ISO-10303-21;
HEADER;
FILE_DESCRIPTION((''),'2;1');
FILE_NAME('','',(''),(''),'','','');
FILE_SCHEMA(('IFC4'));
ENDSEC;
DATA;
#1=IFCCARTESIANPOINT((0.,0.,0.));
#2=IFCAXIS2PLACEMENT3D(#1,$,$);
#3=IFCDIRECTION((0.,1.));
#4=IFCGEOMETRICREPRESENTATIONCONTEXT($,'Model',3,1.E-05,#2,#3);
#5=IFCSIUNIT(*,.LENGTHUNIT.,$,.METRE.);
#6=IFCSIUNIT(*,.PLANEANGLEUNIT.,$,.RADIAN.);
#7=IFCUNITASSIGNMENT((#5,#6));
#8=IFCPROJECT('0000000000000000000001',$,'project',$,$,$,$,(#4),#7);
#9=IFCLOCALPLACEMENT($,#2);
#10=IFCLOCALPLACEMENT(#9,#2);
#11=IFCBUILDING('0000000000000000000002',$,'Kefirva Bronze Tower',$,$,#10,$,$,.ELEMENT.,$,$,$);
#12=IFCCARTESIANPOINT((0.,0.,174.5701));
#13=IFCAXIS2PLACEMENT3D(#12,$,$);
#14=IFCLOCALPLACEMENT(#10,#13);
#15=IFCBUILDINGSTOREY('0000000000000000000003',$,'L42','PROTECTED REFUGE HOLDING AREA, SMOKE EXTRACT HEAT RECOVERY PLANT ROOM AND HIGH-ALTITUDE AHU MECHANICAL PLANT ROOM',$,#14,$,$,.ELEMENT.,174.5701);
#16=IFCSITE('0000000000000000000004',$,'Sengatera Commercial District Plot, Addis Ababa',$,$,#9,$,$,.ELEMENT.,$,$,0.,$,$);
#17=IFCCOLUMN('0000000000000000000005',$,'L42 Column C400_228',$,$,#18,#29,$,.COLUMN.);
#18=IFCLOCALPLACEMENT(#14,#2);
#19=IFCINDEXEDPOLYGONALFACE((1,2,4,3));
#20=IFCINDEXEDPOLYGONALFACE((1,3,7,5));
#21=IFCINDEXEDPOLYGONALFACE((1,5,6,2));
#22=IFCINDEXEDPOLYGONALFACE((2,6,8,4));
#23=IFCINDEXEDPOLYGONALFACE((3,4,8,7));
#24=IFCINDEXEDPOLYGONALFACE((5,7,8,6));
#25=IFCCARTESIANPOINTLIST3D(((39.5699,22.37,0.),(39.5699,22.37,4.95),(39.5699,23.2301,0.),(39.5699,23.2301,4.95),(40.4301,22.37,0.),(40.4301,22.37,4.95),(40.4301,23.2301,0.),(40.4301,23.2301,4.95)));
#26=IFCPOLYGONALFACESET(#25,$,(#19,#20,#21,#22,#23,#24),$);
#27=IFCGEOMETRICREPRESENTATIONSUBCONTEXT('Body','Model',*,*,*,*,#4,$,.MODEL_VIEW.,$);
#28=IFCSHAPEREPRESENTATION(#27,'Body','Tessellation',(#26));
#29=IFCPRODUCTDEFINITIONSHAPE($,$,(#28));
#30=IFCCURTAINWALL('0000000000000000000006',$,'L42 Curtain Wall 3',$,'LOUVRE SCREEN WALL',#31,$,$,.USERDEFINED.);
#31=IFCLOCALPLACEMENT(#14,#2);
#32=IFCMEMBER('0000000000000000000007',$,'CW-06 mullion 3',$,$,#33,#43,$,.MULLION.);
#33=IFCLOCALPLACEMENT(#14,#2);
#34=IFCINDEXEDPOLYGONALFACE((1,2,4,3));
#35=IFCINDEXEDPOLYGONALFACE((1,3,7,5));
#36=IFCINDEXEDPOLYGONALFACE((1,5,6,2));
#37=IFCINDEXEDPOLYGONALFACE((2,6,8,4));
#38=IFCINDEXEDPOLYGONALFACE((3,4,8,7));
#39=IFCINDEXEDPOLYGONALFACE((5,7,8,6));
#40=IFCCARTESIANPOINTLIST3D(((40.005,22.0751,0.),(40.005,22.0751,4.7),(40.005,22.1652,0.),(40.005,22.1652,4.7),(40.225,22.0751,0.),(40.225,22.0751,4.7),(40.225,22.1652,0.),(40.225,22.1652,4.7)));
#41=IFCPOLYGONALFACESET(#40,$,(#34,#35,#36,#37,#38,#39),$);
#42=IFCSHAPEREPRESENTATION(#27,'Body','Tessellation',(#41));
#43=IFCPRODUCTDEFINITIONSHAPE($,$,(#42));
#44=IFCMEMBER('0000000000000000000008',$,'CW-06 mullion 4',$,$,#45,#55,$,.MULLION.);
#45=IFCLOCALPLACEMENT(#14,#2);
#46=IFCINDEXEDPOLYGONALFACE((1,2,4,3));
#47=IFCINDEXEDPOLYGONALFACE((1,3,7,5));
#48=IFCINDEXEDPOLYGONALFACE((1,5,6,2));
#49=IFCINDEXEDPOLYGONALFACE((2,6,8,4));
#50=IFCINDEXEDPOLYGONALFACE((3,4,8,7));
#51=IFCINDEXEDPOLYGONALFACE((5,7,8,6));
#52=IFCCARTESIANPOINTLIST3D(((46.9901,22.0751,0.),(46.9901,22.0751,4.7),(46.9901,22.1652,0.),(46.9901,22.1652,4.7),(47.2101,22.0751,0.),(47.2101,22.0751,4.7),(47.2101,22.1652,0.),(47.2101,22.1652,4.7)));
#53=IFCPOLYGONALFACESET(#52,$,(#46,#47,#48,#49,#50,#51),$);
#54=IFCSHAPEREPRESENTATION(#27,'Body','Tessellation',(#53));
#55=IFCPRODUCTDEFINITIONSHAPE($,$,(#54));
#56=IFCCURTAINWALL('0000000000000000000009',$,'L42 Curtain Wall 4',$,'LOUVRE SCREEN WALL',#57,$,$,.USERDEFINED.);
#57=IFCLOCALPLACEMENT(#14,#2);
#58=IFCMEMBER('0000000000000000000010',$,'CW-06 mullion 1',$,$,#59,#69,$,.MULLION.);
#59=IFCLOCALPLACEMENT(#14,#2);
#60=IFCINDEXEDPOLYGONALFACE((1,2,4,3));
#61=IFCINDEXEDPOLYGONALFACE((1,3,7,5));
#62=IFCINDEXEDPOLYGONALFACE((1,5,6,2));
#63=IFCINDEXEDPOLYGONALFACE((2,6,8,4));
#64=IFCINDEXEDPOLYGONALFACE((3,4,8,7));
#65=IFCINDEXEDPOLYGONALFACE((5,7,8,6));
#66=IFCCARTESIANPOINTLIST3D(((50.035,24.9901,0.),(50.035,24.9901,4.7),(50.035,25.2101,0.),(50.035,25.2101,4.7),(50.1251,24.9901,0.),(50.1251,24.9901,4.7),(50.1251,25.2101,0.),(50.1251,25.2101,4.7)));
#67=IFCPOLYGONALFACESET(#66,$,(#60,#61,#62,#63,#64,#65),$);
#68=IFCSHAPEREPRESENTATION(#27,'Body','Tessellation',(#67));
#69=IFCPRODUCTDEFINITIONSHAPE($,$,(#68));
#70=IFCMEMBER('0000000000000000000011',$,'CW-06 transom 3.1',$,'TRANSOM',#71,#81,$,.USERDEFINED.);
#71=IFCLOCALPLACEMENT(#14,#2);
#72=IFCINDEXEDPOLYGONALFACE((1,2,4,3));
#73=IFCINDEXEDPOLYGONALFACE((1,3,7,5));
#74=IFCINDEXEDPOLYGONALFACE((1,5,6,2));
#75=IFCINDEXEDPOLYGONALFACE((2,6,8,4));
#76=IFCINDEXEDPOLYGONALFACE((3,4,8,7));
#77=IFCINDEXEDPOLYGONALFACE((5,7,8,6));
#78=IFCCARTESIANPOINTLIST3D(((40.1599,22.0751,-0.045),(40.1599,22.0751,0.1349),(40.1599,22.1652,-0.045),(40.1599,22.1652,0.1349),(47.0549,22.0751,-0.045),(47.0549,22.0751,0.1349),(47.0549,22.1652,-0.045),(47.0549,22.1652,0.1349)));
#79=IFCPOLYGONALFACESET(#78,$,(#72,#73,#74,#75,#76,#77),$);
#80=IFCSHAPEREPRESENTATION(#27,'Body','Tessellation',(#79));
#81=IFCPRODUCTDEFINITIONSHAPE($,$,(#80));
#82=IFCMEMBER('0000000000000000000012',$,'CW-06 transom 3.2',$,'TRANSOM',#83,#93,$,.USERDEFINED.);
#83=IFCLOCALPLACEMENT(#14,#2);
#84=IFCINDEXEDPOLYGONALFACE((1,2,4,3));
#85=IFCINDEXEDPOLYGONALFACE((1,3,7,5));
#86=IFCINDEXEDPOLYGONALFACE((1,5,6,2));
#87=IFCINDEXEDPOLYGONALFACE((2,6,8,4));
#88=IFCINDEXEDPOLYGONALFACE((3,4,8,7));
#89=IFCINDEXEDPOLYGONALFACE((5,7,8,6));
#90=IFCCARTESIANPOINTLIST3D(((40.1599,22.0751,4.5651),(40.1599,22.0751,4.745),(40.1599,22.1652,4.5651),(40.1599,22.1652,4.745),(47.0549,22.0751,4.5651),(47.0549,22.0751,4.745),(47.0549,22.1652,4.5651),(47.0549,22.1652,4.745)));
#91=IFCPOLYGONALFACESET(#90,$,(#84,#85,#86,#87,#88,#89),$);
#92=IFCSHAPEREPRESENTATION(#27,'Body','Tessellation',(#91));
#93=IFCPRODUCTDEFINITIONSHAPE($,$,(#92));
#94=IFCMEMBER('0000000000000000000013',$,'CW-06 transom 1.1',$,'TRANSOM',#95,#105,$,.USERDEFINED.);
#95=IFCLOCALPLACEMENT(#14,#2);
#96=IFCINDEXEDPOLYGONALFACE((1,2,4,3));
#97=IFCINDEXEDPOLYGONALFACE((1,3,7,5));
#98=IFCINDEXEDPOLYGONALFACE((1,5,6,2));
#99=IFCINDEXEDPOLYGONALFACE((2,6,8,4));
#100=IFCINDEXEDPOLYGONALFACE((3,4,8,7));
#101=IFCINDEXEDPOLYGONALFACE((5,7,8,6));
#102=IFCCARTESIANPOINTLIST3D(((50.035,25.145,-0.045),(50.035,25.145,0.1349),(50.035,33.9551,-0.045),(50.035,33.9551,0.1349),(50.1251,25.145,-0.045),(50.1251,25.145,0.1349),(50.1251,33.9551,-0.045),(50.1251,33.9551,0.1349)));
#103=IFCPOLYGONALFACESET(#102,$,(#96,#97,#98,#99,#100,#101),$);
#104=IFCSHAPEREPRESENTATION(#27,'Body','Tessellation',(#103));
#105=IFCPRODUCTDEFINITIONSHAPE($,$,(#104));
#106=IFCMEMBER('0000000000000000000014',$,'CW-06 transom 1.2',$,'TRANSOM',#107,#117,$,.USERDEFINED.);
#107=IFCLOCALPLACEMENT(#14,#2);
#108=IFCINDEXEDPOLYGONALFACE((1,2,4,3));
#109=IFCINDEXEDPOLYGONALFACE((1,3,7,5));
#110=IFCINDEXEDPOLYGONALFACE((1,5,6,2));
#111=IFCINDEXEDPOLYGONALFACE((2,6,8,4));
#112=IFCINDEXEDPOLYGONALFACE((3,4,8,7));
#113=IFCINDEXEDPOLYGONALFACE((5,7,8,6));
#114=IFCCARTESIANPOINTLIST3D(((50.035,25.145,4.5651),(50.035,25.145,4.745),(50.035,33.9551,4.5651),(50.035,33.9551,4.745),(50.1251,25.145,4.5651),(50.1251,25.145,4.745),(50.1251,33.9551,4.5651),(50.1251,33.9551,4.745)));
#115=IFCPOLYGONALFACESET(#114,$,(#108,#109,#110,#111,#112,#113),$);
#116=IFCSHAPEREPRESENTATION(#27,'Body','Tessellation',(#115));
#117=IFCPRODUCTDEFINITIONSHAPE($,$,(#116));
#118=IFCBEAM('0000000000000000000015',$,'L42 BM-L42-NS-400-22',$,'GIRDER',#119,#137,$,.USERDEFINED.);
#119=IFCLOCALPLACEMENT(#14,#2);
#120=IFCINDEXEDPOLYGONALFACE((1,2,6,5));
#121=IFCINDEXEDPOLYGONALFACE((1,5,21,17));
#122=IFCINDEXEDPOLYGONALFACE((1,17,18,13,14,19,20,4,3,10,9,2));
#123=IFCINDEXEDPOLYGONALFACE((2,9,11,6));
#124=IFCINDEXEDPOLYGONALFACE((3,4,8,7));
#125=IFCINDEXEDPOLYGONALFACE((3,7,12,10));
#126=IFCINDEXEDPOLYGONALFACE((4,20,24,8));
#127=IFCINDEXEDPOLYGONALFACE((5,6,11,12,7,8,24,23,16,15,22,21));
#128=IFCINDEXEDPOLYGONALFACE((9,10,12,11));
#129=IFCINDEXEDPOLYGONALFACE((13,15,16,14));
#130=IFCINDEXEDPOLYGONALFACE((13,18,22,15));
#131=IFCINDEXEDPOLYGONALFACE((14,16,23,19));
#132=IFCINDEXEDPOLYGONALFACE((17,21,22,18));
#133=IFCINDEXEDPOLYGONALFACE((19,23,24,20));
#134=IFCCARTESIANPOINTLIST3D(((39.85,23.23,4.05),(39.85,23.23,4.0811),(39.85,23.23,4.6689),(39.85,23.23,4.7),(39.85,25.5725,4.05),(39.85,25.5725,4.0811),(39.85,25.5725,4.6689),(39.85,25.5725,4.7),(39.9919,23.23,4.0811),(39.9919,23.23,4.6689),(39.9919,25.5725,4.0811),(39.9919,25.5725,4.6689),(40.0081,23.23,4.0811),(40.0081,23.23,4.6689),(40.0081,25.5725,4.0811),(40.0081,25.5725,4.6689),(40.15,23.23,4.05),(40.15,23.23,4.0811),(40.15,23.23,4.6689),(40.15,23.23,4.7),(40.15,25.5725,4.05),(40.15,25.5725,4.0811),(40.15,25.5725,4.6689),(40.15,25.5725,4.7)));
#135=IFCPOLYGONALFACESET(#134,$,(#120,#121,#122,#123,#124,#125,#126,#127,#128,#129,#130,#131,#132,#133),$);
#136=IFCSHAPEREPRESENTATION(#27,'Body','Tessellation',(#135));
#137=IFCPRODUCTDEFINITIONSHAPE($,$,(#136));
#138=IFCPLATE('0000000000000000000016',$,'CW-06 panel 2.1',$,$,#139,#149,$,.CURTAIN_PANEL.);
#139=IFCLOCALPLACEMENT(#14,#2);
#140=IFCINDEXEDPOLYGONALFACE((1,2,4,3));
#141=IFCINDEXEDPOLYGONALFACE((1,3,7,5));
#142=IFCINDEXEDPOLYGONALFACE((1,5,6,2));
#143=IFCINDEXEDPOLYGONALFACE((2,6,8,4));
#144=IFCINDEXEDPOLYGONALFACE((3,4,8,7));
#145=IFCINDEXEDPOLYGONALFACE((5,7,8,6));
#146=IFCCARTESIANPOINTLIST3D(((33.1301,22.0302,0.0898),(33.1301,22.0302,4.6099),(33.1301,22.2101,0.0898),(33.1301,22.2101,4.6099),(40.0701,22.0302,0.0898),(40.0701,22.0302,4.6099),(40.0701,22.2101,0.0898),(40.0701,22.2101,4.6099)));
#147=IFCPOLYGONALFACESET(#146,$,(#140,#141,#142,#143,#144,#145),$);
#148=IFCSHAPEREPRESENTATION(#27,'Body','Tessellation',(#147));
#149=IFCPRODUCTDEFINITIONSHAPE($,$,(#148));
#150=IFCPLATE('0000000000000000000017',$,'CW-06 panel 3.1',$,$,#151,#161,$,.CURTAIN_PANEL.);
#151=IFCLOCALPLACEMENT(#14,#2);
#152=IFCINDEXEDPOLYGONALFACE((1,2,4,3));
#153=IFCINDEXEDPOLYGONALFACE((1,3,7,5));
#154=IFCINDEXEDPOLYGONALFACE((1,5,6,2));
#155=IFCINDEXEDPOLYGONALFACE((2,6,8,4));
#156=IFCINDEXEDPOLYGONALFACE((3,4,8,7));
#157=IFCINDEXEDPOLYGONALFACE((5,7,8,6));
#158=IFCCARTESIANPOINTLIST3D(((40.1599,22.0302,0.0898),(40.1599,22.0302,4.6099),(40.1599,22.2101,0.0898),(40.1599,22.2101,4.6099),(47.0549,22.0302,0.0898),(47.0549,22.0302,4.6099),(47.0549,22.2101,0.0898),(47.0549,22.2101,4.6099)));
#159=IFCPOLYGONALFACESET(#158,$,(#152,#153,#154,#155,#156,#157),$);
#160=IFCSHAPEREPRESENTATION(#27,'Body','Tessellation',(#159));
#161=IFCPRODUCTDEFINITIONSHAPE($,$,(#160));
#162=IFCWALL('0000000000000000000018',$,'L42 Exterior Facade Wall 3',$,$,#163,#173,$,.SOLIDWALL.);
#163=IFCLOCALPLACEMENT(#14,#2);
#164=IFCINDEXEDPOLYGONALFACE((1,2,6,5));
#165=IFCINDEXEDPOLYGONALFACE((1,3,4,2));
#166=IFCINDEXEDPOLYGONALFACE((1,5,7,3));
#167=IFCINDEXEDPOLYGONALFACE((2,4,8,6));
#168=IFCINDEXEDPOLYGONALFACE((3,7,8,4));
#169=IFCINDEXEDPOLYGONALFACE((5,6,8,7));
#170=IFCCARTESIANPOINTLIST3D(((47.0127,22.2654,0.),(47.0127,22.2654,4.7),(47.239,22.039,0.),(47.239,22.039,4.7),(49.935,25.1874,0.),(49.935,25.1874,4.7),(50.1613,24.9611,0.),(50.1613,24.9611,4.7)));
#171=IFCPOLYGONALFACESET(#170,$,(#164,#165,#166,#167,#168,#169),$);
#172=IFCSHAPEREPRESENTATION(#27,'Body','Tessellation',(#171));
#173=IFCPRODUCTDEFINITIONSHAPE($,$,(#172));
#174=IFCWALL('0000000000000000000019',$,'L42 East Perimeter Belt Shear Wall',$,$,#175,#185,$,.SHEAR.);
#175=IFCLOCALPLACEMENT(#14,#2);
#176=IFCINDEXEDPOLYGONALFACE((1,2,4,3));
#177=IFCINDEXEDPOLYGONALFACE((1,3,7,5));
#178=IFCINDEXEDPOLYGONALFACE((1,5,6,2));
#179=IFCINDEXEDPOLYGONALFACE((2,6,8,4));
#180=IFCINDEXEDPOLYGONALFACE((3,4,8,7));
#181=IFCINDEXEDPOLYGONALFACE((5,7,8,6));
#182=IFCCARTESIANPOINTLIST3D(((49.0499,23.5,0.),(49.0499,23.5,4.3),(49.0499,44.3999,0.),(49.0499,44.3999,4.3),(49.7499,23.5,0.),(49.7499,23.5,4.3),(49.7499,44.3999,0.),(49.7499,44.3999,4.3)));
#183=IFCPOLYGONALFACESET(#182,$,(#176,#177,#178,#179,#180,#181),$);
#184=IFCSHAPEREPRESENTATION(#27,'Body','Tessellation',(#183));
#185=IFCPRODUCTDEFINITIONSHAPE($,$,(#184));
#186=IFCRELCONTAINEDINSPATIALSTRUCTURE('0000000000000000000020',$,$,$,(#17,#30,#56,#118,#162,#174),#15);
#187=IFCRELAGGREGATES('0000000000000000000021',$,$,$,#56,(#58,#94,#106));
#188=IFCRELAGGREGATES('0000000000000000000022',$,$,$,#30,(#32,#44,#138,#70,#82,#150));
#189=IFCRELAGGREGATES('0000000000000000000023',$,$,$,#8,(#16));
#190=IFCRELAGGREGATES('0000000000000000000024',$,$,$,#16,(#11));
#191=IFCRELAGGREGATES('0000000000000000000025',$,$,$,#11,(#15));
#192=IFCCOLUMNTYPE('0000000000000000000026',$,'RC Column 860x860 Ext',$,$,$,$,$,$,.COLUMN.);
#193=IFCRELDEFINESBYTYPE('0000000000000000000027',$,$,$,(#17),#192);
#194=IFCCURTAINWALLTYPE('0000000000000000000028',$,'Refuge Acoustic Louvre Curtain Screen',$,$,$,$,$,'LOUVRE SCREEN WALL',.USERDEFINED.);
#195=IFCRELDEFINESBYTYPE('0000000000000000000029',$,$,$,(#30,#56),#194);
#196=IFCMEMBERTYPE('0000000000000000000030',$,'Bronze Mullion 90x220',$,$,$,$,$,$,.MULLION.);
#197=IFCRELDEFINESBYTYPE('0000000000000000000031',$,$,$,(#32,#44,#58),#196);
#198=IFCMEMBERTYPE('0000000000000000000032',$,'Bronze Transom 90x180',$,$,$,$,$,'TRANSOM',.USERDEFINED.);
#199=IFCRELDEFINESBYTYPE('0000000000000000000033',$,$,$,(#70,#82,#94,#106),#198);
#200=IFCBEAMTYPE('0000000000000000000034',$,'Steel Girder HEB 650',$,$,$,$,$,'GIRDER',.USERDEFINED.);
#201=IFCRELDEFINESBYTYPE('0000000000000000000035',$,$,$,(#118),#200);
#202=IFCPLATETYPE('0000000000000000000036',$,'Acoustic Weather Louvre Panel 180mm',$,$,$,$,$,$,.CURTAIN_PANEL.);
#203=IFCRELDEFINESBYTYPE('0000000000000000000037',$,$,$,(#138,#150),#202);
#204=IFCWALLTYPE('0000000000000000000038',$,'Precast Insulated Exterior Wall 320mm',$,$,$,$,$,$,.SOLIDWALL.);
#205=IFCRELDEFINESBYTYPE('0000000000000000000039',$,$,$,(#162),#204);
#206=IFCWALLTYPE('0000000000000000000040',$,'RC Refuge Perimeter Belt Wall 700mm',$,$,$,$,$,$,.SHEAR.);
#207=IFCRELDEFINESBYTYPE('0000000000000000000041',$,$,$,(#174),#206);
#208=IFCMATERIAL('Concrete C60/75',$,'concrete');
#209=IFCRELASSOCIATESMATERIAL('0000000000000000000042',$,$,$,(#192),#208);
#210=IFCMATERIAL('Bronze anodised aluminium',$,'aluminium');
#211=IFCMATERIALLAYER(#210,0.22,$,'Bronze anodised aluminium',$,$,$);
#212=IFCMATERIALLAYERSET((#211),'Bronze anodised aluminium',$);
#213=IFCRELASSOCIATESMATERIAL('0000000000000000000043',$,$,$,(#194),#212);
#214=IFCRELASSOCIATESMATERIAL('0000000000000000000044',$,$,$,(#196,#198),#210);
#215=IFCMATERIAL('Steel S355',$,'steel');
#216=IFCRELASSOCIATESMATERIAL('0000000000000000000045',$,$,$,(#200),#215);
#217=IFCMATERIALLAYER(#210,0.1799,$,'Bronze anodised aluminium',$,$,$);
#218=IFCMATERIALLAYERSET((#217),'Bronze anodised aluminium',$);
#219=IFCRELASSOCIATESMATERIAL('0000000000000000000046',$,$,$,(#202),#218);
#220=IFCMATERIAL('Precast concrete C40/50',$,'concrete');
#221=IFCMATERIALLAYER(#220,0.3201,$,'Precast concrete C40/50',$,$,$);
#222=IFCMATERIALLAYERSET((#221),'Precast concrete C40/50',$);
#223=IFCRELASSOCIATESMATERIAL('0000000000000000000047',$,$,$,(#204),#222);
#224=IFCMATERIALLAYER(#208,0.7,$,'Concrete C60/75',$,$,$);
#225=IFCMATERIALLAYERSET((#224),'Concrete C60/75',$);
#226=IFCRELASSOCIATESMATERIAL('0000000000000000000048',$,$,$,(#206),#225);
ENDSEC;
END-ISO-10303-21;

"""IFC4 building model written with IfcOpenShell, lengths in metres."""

from ifc_helpers import new_model, si_unit, direction, frame, frame_2d, origin, origin_2d, place, context, subcontext, project, spatial, rectangle, i_section, extrude, material, layer, layer_set, material_profile, profile_set, type_object, element, aggregate, save


model = new_model("IFC4")

# Units and contexts
model_context = context("Model", 3, precision=1e-05, world=origin(), true_north=direction((0.0, 1.0)))
body_context = subcontext(model_context, "Body", "Model", "MODEL_VIEW")
ifc_project = project(units=[si_unit("LENGTHUNIT", "METRE"), si_unit("PLANEANGLEUNIT", "RADIAN")], contexts=[model_context])

# Site, building, storey
site_placement = place(None, origin())
site = spatial("IfcSite", under=ifc_project, at=site_placement, Name="Sengatera Commercial District Plot, Addis Ababa", CompositionType="ELEMENT", RefElevation=0.0)
building_placement = place(site_placement, origin())
building = spatial("IfcBuilding", under=site, at=building_placement, Name="Kefirva Bronze Tower", CompositionType="ELEMENT")
storey_placement = place(building_placement, frame((0.0, 0.0, 174.5701)))
storey = spatial("IfcBuildingStorey", under=building, at=storey_placement, Name="L42", Description="PROTECTED REFUGE HOLDING AREA, SMOKE EXTRACT HEAT RECOVERY PLANT ROOM AND HIGH-ALTITUDE AHU MECHANICAL PLANT ROOM", CompositionType="ELEMENT", Elevation=174.5701)

# Column
ifc_material_1 = material(Name="Concrete C60/75", Category="concrete")
ifc_material_profile_1 = material_profile(ifc_material_1, rectangle(XDim=0.8601, YDim=0.8601, at=origin_2d()), Name="RC 860x860")
ifc_profile_set_1 = profile_set([ifc_material_profile_1], Name="Concrete C60/75")
column_type = type_object("IfcColumnType", Name="RC Column 860x860 Ext", PredefinedType="COLUMN", material=ifc_profile_set_1)
column_placement = place(storey_placement, frame((40.0, 22.8, 0.0), z_axis=(0.0, 0.0, 1.0), x_axis=(1.0, 0.0, 0.0)))
element("IfcColumn", 1, at=column_placement, inside=storey, type_object=column_type, Name="L42 Column C400_228", PredefinedType="COLUMN", context=body_context, shape_type="SweptSolid", body=[
    extrude(rectangle(XDim=0.8601, YDim=0.8601, at=origin_2d()), origin(), (0.0, 0.0, 1.0), 4.95),
])

# Curtain wall, members
ifc_material_2 = material(Name="Bronze anodised aluminium", Category="aluminium")
ifc_layer_1 = layer(ifc_material_2, 0.22, Name="Bronze anodised aluminium")
ifc_layer_set_1 = layer_set([ifc_layer_1], Name="Bronze anodised aluminium")
curtain_wall_type = type_object("IfcCurtainWallType", Name="Refuge Acoustic Louvre Curtain Screen", ElementType="LOUVRE SCREEN WALL", PredefinedType="USERDEFINED", material=ifc_layer_set_1)
curtain_wall_1_placement = place(storey_placement, origin())
curtain_wall_1 = element("IfcCurtainWall", 2, at=curtain_wall_1_placement, inside=storey, type_object=curtain_wall_type, Name="L42 Curtain Wall 3", ObjectType="LOUVRE SCREEN WALL", PredefinedType="USERDEFINED")
ifc_material_profile_2 = material_profile(ifc_material_2, rectangle(XDim=0.0901, YDim=0.22, at=origin_2d()), Name="ALU 90x220")
ifc_profile_set_2 = profile_set([ifc_material_profile_2], Name="Bronze anodised aluminium")
member_type_1 = type_object("IfcMemberType", Name="Bronze Mullion 90x220", PredefinedType="MULLION", material=ifc_profile_set_2)
member_1_placement = place(storey_placement, frame((40.115, 22.1201, 0.0), z_axis=(0.0, 0.0, 1.0), x_axis=(0.0, 1.0, 0.0)))
member_1 = element("IfcMember", 3, at=member_1_placement, type_object=member_type_1, Name="CW-06 mullion 3", PredefinedType="MULLION", context=body_context, shape_type="SweptSolid", body=[
    extrude(rectangle(XDim=0.0901, YDim=0.22, at=origin_2d()), origin(), (0.0, 0.0, 1.0), 4.7),
])
member_2_placement = place(storey_placement, frame((47.1001, 22.1201, 0.0), z_axis=(0.0, 0.0, 1.0), x_axis=(0.0, 1.0, 0.0)))
member_2 = element("IfcMember", 4, at=member_2_placement, type_object=member_type_1, Name="CW-06 mullion 4", PredefinedType="MULLION", context=body_context, shape_type="SweptSolid", body=[
    extrude(rectangle(XDim=0.0901, YDim=0.22, at=origin_2d()), origin(), (0.0, 0.0, 1.0), 4.7),
])

# Curtain wall, member
curtain_wall_2_placement = place(storey_placement, origin())
curtain_wall_2 = element("IfcCurtainWall", 5, at=curtain_wall_2_placement, inside=storey, type_object=curtain_wall_type, Name="L42 Curtain Wall 4", ObjectType="LOUVRE SCREEN WALL", PredefinedType="USERDEFINED")
member_3_placement = place(storey_placement, frame((50.0801, 25.1001, 0.0), z_axis=(0.0, 0.0, 1.0), x_axis=(-1.0, 0.0, 0.0)))
member_3 = element("IfcMember", 6, at=member_3_placement, type_object=member_type_1, Name="CW-06 mullion 1", PredefinedType="MULLION", context=body_context, shape_type="SweptSolid", body=[
    extrude(rectangle(XDim=0.0901, YDim=0.22, at=origin_2d()), origin(), (0.0, 0.0, 1.0), 4.7),
])

# Members
ifc_material_profile_3 = material_profile(ifc_material_2, rectangle(XDim=0.0901, YDim=0.1799, at=origin_2d()), Name="ALU 90x180")
ifc_profile_set_3 = profile_set([ifc_material_profile_3], Name="Bronze anodised aluminium")
member_type_2 = type_object("IfcMemberType", Name="Bronze Transom 90x180", ElementType="TRANSOM", PredefinedType="USERDEFINED", material=ifc_profile_set_3)
member_4_placement = place(storey_placement, frame((40.1599, 22.1201, 0.0449), z_axis=(1.0, 0.0, 0.0), x_axis=(0.0, 1.0, 0.0)))
member_4 = element("IfcMember", 7, at=member_4_placement, type_object=member_type_2, Name="CW-06 transom 3.1", ObjectType="TRANSOM", PredefinedType="USERDEFINED", context=body_context, shape_type="SweptSolid", body=[
    extrude(rectangle(XDim=0.0901, YDim=0.1799, at=origin_2d()), origin(), (0.0, 0.0, 1.0), 6.895),
])
member_5_placement = place(storey_placement, frame((40.1599, 22.1201, 4.655), z_axis=(1.0, 0.0, 0.0), x_axis=(0.0, 1.0, 0.0)))
member_5 = element("IfcMember", 8, at=member_5_placement, type_object=member_type_2, Name="CW-06 transom 3.2", ObjectType="TRANSOM", PredefinedType="USERDEFINED", context=body_context, shape_type="SweptSolid", body=[
    extrude(rectangle(XDim=0.0901, YDim=0.1799, at=origin_2d()), origin(), (0.0, 0.0, 1.0), 6.895),
])
member_6_placement = place(storey_placement, frame((50.0801, 25.145, 0.0449), z_axis=(0.0, 1.0, 0.0), x_axis=(-1.0, 0.0, 0.0)))
member_6 = element("IfcMember", 9, at=member_6_placement, type_object=member_type_2, Name="CW-06 transom 1.1", ObjectType="TRANSOM", PredefinedType="USERDEFINED", context=body_context, shape_type="SweptSolid", body=[
    extrude(rectangle(XDim=0.0901, YDim=0.1799, at=origin_2d()), origin(), (0.0, 0.0, 1.0), 8.8101),
])
member_7_placement = place(storey_placement, frame((50.0801, 25.145, 4.655), z_axis=(0.0, 1.0, 0.0), x_axis=(-1.0, 0.0, 0.0)))
member_7 = element("IfcMember", 10, at=member_7_placement, type_object=member_type_2, Name="CW-06 transom 1.2", ObjectType="TRANSOM", PredefinedType="USERDEFINED", context=body_context, shape_type="SweptSolid", body=[
    extrude(rectangle(XDim=0.0901, YDim=0.1799, at=origin_2d()), origin(), (0.0, 0.0, 1.0), 8.8101),
])
aggregate(curtain_wall_2, [member_3, member_6, member_7])

# Beam
ifc_material_3 = material(Name="Steel S355", Category="steel")
ifc_material_profile_4 = material_profile(ifc_material_3, i_section(OverallWidth=0.3, OverallDepth=0.6499, WebThickness=0.0161, FlangeThickness=0.031, at=origin_2d()), Name="HEB 650")
ifc_profile_set_4 = profile_set([ifc_material_profile_4], Name="Steel S355")
beam_type = type_object("IfcBeamType", Name="Steel Girder HEB 650", ElementType="GIRDER", PredefinedType="USERDEFINED", material=ifc_profile_set_4)
beam_placement = place(storey_placement, frame((40.0, 23.23, 4.375), z_axis=(0.0, 1.0, 0.0), x_axis=(-1.0, 0.0, 0.0)))
element("IfcBeam", 11, at=beam_placement, inside=storey, type_object=beam_type, Name="L42 BM-L42-NS-400-22", ObjectType="GIRDER", PredefinedType="USERDEFINED", context=body_context, shape_type="SweptSolid", body=[
    extrude(i_section(OverallWidth=0.3, OverallDepth=0.6499, WebThickness=0.0161, FlangeThickness=0.031, at=origin_2d()), origin(), (0.0, 0.0, 1.0), 2.3425),
])

# Plates
ifc_layer_2 = layer(ifc_material_2, 0.1799, Name="Bronze anodised aluminium")
ifc_layer_set_2 = layer_set([ifc_layer_2], Name="Bronze anodised aluminium")
plate_type = type_object("IfcPlateType", Name="Acoustic Weather Louvre Panel 180mm", PredefinedType="CURTAIN_PANEL", material=ifc_layer_set_2)
plate_1_placement = place(storey_placement, frame((36.6001, 22.1201, 0.0898), z_axis=(0.0, 0.0, 1.0), x_axis=(1.0, 0.0, 0.0)))
plate_1 = element("IfcPlate", 12, at=plate_1_placement, type_object=plate_type, Name="CW-06 panel 2.1", PredefinedType="CURTAIN_PANEL", context=body_context, shape_type="SweptSolid", body=[
    extrude(rectangle(XDim=6.9399, YDim=0.1799, at=origin_2d()), origin(), (0.0, 0.0, 1.0), 4.52),
])
plate_2_placement = place(storey_placement, frame((43.6074, 22.1201, 0.0898), z_axis=(0.0, 0.0, 1.0), x_axis=(1.0, 0.0, 0.0)))
plate_2 = element("IfcPlate", 13, at=plate_2_placement, type_object=plate_type, Name="CW-06 panel 3.1", PredefinedType="CURTAIN_PANEL", context=body_context, shape_type="SweptSolid", body=[
    extrude(rectangle(XDim=6.895, YDim=0.1799, at=origin_2d()), origin(), (0.0, 0.0, 1.0), 4.52),
])
aggregate(curtain_wall_1, [member_1, member_2, plate_1, member_4, member_5, plate_2])

# Walls
ifc_material_4 = material(Name="Precast concrete C40/50", Category="concrete")
ifc_layer_3 = layer(ifc_material_4, 0.3201, Name="Precast concrete C40/50")
ifc_layer_set_3 = layer_set([ifc_layer_3], Name="Precast concrete C40/50")
wall_type_1 = type_object("IfcWallType", Name="Precast Insulated Exterior Wall 320mm", PredefinedType="SOLIDWALL", material=ifc_layer_set_3)
wall_1_placement = place(storey_placement, frame((47.1257, 22.1521, 0.0), z_axis=(0.0, 0.0, 1.0), x_axis=(0.707136, 0.707077, 0.0)))
element("IfcWall", 14, at=wall_1_placement, inside=storey, type_object=wall_type_1, Name="L42 Exterior Facade Wall 3", PredefinedType="SOLIDWALL", context=body_context, shape_type="SweptSolid", body=[
    extrude(rectangle(XDim=4.1326, YDim=0.3201, at=frame_2d((2.0664, 0.0))), origin(), (0.0, 0.0, 1.0), 4.7),
])
ifc_layer_4 = layer(ifc_material_1, 0.7, Name="Concrete C60/75")
ifc_layer_set_4 = layer_set([ifc_layer_4], Name="Concrete C60/75")
wall_type_2 = type_object("IfcWallType", Name="RC Refuge Perimeter Belt Wall 700mm", PredefinedType="SHEAR", material=ifc_layer_set_4)
wall_2_placement = place(storey_placement, frame((49.3999, 23.5, 0.0), z_axis=(0.0, 0.0, 1.0), x_axis=(0.0, 1.0, 0.0)))
element("IfcWall", 15, at=wall_2_placement, inside=storey, type_object=wall_type_2, Name="L42 East Perimeter Belt Shear Wall", PredefinedType="SHEAR", context=body_context, shape_type="SweptSolid", body=[
    extrude(rectangle(XDim=20.8999, YDim=0.7, at=frame_2d((10.45, 0.0))), origin(), (0.0, 0.0, 1.0), 4.3),
])

save(model, "model.ifc")
